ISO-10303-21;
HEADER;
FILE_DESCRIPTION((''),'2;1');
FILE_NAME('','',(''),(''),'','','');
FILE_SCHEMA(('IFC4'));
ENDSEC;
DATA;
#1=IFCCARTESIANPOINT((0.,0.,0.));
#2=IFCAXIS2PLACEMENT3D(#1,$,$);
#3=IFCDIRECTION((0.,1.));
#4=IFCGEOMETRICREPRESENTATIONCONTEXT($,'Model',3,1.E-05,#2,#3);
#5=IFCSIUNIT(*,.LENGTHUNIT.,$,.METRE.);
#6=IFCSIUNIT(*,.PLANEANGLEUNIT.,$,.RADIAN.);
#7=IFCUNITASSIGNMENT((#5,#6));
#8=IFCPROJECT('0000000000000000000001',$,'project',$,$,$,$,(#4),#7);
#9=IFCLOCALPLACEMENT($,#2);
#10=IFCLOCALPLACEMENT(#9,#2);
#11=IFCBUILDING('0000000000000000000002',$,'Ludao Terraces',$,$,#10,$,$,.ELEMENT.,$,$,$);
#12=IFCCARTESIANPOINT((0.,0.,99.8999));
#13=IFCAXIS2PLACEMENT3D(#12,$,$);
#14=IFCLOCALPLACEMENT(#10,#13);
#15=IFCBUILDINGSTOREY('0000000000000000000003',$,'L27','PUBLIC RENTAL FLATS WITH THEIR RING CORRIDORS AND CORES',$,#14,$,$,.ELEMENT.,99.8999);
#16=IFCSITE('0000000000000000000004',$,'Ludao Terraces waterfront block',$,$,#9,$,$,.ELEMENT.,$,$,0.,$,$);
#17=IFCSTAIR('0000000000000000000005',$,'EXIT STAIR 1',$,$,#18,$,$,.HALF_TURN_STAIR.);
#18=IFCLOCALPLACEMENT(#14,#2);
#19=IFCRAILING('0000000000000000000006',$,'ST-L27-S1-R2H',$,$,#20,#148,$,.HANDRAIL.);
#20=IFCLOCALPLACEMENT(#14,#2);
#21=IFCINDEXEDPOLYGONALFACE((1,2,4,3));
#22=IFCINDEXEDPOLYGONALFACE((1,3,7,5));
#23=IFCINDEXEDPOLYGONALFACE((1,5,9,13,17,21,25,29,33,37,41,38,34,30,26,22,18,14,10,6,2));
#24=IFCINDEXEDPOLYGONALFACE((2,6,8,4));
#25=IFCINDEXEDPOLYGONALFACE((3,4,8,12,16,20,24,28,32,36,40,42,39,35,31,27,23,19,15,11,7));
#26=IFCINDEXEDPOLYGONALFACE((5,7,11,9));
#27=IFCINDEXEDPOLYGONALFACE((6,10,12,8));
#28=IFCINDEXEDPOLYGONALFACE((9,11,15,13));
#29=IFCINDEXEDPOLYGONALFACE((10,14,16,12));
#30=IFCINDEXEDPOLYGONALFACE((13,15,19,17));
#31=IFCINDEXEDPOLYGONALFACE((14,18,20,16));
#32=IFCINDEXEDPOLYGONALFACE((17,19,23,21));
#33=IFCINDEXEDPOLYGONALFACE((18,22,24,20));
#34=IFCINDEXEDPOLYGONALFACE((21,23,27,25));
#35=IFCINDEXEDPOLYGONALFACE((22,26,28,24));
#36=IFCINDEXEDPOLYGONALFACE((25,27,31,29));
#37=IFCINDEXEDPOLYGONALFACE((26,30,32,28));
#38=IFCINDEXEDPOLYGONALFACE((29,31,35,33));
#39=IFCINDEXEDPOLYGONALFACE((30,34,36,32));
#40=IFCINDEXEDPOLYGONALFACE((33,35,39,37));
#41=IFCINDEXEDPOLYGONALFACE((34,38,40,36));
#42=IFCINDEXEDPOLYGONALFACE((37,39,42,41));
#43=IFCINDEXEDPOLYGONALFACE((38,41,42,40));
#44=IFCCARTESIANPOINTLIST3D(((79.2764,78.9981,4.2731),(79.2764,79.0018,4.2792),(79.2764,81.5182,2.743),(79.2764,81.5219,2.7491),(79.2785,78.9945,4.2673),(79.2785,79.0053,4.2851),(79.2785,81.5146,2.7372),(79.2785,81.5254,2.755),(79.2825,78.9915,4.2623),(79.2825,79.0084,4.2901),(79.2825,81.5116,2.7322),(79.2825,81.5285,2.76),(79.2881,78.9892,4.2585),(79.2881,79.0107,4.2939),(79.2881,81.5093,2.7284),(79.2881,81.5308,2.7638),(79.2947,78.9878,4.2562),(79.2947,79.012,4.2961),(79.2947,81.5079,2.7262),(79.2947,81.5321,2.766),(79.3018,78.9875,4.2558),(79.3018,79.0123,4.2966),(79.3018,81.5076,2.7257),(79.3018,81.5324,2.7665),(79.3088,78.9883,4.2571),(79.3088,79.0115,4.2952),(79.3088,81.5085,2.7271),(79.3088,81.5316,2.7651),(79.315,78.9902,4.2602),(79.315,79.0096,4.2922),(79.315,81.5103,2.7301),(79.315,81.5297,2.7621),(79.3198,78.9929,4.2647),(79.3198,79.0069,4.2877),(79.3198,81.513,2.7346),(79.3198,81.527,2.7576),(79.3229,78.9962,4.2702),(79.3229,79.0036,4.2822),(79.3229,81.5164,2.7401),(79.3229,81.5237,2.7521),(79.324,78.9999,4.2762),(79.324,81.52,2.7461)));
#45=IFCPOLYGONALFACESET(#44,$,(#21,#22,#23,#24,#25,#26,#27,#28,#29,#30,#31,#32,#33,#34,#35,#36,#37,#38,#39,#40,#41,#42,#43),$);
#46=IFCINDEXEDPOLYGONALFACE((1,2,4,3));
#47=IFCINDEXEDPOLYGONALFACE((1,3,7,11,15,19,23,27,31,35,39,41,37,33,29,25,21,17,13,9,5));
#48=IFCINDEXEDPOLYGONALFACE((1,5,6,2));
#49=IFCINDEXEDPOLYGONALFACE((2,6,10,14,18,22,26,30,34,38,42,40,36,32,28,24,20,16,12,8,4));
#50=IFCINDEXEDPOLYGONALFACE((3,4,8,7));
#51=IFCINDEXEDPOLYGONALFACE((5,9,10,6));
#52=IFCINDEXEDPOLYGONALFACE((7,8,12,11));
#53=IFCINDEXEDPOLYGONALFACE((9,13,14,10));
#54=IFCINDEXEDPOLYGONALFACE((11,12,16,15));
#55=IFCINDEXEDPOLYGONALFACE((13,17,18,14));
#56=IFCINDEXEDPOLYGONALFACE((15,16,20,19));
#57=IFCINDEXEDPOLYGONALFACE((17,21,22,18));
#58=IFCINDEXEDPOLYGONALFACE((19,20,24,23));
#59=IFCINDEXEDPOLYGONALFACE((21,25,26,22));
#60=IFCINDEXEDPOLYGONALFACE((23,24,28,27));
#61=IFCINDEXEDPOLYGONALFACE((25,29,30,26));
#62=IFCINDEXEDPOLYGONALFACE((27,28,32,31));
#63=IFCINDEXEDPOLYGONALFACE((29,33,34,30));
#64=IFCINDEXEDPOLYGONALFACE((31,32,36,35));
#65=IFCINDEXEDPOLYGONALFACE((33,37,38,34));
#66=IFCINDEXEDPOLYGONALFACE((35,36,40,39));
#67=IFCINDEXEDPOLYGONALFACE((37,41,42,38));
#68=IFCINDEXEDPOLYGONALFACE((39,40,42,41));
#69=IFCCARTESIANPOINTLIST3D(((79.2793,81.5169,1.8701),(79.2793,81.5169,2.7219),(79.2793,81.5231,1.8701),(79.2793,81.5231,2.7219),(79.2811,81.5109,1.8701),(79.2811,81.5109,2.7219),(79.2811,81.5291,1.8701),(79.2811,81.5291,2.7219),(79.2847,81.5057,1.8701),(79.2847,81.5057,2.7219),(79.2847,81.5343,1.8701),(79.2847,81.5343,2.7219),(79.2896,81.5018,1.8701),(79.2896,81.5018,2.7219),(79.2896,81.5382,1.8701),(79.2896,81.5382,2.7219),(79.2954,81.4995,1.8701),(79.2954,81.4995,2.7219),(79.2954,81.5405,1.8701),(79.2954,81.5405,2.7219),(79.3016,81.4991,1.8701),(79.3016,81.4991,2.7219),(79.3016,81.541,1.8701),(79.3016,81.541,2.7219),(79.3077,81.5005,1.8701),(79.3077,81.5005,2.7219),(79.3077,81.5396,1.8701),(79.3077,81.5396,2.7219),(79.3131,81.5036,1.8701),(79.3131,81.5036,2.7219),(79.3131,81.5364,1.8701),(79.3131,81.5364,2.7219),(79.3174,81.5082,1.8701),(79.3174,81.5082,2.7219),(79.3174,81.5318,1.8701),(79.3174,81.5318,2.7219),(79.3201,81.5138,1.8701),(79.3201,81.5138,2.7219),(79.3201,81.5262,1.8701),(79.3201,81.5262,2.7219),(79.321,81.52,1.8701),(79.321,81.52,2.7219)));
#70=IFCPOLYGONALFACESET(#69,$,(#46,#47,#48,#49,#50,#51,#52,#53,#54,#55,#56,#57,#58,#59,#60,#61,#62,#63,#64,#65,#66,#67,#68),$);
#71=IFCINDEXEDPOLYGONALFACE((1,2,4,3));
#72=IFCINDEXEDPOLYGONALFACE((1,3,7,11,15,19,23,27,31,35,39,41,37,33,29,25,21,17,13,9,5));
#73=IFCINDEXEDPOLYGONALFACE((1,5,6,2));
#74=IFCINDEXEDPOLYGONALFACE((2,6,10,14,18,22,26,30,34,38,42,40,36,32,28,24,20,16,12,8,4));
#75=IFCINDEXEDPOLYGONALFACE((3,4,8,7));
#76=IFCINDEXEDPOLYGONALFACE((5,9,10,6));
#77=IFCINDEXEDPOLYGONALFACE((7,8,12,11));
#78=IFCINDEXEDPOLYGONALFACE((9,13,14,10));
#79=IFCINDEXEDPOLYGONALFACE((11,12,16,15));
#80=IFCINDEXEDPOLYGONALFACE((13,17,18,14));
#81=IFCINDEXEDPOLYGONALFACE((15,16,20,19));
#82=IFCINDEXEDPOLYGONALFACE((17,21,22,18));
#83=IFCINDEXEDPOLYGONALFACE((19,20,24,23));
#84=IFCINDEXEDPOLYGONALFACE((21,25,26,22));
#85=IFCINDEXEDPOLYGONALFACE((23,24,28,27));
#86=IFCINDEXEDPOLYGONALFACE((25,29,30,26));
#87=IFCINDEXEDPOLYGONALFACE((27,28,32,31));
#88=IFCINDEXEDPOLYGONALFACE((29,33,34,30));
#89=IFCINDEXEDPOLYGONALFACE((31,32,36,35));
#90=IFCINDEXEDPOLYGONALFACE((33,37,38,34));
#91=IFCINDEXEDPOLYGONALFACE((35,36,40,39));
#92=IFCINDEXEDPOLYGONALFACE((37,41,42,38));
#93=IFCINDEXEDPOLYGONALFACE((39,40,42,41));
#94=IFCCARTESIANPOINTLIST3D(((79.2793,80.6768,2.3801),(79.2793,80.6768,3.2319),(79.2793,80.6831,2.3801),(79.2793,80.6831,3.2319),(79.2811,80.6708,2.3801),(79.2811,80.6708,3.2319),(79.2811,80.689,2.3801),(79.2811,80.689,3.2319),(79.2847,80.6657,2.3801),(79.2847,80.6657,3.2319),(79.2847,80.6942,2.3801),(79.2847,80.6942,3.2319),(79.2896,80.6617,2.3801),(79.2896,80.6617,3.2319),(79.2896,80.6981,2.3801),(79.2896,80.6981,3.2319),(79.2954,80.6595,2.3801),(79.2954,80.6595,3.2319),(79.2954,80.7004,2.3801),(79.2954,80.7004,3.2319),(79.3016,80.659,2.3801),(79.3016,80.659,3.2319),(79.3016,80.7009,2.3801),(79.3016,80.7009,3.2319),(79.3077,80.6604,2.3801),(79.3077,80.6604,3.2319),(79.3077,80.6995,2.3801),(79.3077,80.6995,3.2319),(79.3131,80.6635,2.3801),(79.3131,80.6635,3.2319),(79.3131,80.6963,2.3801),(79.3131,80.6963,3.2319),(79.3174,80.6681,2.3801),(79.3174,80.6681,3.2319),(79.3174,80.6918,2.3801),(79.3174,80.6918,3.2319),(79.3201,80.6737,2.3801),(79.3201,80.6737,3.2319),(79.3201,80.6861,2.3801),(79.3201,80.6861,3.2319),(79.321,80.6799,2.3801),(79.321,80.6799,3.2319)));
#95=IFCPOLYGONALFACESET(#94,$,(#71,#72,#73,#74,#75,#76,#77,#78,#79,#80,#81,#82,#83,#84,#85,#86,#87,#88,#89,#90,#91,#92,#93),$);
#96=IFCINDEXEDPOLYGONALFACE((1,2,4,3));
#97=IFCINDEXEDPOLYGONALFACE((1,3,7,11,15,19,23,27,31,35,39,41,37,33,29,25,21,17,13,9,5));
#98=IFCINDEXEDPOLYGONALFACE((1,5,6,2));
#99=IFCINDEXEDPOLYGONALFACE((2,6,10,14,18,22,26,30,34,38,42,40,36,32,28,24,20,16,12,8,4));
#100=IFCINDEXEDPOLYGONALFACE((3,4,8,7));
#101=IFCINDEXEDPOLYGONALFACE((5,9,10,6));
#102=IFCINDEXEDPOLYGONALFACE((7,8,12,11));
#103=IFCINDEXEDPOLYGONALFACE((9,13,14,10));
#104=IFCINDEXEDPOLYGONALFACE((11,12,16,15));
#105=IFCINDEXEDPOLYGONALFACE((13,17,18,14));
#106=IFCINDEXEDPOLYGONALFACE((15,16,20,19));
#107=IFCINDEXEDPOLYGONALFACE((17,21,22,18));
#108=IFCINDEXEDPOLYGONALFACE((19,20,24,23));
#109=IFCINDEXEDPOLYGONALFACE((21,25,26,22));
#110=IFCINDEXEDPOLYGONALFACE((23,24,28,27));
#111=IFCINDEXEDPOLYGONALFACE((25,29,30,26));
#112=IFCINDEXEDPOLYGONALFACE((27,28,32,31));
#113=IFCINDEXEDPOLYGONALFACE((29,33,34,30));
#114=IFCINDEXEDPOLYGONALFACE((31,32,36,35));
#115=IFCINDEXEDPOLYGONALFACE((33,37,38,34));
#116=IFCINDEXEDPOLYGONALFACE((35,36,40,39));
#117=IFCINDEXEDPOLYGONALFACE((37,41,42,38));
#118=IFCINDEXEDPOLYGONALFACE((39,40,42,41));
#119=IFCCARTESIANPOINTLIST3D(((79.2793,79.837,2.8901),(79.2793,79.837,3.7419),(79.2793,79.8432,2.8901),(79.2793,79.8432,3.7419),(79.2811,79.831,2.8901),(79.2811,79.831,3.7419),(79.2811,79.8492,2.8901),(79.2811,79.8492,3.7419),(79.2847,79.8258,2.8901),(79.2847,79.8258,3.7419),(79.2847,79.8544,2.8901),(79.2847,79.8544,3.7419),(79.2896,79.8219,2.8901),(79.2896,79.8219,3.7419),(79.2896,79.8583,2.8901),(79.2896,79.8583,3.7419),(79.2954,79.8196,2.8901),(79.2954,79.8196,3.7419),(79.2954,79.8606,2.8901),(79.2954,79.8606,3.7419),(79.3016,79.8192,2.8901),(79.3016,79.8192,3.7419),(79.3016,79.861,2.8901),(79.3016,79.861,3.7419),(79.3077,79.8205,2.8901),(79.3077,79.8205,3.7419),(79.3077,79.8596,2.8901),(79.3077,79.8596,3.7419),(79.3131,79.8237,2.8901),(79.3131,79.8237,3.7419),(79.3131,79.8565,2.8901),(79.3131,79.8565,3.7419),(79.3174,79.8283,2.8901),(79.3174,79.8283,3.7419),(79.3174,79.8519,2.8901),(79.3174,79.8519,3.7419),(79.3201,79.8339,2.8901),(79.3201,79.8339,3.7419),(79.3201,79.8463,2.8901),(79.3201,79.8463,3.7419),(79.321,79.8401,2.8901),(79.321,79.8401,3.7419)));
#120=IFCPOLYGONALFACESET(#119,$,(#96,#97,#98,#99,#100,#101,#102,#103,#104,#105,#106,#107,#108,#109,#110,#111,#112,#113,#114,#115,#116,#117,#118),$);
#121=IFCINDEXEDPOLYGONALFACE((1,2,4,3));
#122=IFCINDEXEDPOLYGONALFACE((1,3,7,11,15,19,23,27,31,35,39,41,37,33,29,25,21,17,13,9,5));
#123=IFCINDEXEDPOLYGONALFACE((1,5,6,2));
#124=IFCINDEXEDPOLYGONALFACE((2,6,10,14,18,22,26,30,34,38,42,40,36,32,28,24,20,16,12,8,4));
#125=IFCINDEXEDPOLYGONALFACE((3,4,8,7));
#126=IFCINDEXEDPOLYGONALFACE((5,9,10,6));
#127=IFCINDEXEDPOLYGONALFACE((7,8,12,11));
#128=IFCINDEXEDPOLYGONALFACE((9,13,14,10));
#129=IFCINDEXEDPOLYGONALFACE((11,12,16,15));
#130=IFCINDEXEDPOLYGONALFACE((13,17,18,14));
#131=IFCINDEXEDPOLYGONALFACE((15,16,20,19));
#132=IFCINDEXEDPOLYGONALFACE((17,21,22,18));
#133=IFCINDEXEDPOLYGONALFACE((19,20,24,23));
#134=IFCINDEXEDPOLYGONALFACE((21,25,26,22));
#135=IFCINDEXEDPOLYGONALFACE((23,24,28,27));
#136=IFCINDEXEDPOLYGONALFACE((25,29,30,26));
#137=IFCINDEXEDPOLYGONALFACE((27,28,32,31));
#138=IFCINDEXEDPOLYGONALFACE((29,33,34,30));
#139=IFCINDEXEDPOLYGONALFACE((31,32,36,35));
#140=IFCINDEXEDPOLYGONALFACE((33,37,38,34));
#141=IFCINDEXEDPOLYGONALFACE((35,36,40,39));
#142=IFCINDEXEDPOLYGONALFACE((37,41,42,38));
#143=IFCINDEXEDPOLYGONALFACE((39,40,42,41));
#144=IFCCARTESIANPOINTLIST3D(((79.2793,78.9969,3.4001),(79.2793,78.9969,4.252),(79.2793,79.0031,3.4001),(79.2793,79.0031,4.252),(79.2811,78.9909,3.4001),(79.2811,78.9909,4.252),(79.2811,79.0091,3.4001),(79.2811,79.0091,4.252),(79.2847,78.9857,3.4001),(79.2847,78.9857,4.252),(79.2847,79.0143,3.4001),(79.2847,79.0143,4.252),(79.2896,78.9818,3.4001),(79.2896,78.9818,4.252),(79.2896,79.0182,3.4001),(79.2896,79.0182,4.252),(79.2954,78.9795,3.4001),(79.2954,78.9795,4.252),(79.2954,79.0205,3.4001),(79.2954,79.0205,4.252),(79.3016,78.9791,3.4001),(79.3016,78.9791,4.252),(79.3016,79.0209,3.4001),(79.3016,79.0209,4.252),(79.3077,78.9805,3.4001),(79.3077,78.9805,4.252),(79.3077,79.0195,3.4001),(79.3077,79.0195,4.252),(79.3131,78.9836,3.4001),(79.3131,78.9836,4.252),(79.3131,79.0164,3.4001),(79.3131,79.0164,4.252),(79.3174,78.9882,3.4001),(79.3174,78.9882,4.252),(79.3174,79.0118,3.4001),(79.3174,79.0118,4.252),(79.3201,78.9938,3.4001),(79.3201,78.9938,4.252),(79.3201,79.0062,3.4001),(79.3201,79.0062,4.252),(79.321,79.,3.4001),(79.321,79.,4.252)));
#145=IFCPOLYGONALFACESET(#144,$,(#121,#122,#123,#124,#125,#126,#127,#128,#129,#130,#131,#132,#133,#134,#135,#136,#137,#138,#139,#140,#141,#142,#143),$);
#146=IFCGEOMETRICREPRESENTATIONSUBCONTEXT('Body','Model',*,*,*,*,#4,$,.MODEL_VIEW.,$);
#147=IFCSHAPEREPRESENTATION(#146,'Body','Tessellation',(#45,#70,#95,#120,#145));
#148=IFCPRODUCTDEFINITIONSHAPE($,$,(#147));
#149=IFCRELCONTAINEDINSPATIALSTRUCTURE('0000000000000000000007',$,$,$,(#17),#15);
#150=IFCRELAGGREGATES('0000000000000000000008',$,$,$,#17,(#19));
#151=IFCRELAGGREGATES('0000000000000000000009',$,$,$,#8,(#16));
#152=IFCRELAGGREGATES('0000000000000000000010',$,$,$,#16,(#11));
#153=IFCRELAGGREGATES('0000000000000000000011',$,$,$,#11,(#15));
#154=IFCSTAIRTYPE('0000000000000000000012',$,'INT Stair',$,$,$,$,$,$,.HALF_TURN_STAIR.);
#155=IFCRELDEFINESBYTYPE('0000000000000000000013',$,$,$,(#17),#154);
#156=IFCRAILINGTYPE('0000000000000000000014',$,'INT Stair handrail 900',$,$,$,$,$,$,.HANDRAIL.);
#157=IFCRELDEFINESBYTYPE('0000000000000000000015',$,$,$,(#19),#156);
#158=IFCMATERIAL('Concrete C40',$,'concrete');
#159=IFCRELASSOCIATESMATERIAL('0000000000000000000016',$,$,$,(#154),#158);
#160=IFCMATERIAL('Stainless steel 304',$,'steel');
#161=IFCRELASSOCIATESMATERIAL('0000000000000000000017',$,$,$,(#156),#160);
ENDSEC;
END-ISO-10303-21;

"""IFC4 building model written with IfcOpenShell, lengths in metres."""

from ifc_helpers import new_model, si_unit, direction, frame, origin, origin_2d, place, context, subcontext, project, spatial, circle, extrude, material, type_object, element, aggregate, save


model = new_model("IFC4")

# Units and contexts
model_context = context("Model", 3, precision=1e-05, world=origin(), true_north=direction((0.0, 1.0)))
body_context = subcontext(model_context, "Body", "Model", "MODEL_VIEW")
ifc_project = project(units=[si_unit("LENGTHUNIT", "METRE"), si_unit("PLANEANGLEUNIT", "RADIAN")], contexts=[model_context])

# Site, building, storey
site_placement = place(None, origin())
site = spatial("IfcSite", under=ifc_project, at=site_placement, Name="Ludao Terraces waterfront block", CompositionType="ELEMENT", RefElevation=0.0)
building_placement = place(site_placement, origin())
building = spatial("IfcBuilding", under=site, at=building_placement, Name="Ludao Terraces", CompositionType="ELEMENT")
storey_placement = place(building_placement, frame((0.0, 0.0, 99.8999)))
storey = spatial("IfcBuildingStorey", under=building, at=storey_placement, Name="L27", Description="PUBLIC RENTAL FLATS WITH THEIR RING CORRIDORS AND CORES", CompositionType="ELEMENT", Elevation=99.8999)

# Shared definitions
ifc_material_1 = material(Name="Stainless steel 304", Category="steel")

# Stair, railing
ifc_material_2 = material(Name="Concrete C40", Category="concrete")
stair_type = type_object("IfcStairType", Name="INT Stair", PredefinedType="HALF_TURN_STAIR", material=ifc_material_2)
stair_placement = place(storey_placement, origin())
stair = element("IfcStair", 1, at=stair_placement, inside=storey, type_object=stair_type, Name="EXIT STAIR 1", PredefinedType="HALF_TURN_STAIR")
railing_type_1 = type_object("IfcRailingType", Name="INT Stair handrail 900", PredefinedType="HANDRAIL", material=ifc_material_1)
railing_1_placement = place(storey_placement, frame((79.3, 81.52, 1.8701)))
railing_1 = element("IfcRailing", 2, at=railing_1_placement, type_object=railing_type_1, Name="ST-L27-S1-R2H", PredefinedType="HANDRAIL", context=body_context, shape_type="SweptSolid", body=[
    extrude(circle(Radius=0.0239, at=origin_2d()), frame((0.0, 0.0, 0.876), z_axis=(0.0, -0.854785, 0.518982), x_axis=(1.0, 0.0, 0.0)), (0.0, 0.0, 1.0), 2.9482),
    extrude(circle(Radius=0.021, at=origin_2d()), origin(), (0.0, 0.0, 1.0), 0.8518),
    extrude(circle(Radius=0.021, at=origin_2d()), frame((0.0, -0.8401, 0.51)), (0.0, 0.0, 1.0), 0.8518),
    extrude(circle(Radius=0.021, at=origin_2d()), frame((0.0, -1.6799, 1.02)), (0.0, 0.0, 1.0), 0.8518),
    extrude(circle(Radius=0.021, at=origin_2d()), frame((0.0, -2.52, 1.53)), (0.0, 0.0, 1.0), 0.8518),
])
aggregate(stair, [railing_1])

save(model, "model.ifc")
